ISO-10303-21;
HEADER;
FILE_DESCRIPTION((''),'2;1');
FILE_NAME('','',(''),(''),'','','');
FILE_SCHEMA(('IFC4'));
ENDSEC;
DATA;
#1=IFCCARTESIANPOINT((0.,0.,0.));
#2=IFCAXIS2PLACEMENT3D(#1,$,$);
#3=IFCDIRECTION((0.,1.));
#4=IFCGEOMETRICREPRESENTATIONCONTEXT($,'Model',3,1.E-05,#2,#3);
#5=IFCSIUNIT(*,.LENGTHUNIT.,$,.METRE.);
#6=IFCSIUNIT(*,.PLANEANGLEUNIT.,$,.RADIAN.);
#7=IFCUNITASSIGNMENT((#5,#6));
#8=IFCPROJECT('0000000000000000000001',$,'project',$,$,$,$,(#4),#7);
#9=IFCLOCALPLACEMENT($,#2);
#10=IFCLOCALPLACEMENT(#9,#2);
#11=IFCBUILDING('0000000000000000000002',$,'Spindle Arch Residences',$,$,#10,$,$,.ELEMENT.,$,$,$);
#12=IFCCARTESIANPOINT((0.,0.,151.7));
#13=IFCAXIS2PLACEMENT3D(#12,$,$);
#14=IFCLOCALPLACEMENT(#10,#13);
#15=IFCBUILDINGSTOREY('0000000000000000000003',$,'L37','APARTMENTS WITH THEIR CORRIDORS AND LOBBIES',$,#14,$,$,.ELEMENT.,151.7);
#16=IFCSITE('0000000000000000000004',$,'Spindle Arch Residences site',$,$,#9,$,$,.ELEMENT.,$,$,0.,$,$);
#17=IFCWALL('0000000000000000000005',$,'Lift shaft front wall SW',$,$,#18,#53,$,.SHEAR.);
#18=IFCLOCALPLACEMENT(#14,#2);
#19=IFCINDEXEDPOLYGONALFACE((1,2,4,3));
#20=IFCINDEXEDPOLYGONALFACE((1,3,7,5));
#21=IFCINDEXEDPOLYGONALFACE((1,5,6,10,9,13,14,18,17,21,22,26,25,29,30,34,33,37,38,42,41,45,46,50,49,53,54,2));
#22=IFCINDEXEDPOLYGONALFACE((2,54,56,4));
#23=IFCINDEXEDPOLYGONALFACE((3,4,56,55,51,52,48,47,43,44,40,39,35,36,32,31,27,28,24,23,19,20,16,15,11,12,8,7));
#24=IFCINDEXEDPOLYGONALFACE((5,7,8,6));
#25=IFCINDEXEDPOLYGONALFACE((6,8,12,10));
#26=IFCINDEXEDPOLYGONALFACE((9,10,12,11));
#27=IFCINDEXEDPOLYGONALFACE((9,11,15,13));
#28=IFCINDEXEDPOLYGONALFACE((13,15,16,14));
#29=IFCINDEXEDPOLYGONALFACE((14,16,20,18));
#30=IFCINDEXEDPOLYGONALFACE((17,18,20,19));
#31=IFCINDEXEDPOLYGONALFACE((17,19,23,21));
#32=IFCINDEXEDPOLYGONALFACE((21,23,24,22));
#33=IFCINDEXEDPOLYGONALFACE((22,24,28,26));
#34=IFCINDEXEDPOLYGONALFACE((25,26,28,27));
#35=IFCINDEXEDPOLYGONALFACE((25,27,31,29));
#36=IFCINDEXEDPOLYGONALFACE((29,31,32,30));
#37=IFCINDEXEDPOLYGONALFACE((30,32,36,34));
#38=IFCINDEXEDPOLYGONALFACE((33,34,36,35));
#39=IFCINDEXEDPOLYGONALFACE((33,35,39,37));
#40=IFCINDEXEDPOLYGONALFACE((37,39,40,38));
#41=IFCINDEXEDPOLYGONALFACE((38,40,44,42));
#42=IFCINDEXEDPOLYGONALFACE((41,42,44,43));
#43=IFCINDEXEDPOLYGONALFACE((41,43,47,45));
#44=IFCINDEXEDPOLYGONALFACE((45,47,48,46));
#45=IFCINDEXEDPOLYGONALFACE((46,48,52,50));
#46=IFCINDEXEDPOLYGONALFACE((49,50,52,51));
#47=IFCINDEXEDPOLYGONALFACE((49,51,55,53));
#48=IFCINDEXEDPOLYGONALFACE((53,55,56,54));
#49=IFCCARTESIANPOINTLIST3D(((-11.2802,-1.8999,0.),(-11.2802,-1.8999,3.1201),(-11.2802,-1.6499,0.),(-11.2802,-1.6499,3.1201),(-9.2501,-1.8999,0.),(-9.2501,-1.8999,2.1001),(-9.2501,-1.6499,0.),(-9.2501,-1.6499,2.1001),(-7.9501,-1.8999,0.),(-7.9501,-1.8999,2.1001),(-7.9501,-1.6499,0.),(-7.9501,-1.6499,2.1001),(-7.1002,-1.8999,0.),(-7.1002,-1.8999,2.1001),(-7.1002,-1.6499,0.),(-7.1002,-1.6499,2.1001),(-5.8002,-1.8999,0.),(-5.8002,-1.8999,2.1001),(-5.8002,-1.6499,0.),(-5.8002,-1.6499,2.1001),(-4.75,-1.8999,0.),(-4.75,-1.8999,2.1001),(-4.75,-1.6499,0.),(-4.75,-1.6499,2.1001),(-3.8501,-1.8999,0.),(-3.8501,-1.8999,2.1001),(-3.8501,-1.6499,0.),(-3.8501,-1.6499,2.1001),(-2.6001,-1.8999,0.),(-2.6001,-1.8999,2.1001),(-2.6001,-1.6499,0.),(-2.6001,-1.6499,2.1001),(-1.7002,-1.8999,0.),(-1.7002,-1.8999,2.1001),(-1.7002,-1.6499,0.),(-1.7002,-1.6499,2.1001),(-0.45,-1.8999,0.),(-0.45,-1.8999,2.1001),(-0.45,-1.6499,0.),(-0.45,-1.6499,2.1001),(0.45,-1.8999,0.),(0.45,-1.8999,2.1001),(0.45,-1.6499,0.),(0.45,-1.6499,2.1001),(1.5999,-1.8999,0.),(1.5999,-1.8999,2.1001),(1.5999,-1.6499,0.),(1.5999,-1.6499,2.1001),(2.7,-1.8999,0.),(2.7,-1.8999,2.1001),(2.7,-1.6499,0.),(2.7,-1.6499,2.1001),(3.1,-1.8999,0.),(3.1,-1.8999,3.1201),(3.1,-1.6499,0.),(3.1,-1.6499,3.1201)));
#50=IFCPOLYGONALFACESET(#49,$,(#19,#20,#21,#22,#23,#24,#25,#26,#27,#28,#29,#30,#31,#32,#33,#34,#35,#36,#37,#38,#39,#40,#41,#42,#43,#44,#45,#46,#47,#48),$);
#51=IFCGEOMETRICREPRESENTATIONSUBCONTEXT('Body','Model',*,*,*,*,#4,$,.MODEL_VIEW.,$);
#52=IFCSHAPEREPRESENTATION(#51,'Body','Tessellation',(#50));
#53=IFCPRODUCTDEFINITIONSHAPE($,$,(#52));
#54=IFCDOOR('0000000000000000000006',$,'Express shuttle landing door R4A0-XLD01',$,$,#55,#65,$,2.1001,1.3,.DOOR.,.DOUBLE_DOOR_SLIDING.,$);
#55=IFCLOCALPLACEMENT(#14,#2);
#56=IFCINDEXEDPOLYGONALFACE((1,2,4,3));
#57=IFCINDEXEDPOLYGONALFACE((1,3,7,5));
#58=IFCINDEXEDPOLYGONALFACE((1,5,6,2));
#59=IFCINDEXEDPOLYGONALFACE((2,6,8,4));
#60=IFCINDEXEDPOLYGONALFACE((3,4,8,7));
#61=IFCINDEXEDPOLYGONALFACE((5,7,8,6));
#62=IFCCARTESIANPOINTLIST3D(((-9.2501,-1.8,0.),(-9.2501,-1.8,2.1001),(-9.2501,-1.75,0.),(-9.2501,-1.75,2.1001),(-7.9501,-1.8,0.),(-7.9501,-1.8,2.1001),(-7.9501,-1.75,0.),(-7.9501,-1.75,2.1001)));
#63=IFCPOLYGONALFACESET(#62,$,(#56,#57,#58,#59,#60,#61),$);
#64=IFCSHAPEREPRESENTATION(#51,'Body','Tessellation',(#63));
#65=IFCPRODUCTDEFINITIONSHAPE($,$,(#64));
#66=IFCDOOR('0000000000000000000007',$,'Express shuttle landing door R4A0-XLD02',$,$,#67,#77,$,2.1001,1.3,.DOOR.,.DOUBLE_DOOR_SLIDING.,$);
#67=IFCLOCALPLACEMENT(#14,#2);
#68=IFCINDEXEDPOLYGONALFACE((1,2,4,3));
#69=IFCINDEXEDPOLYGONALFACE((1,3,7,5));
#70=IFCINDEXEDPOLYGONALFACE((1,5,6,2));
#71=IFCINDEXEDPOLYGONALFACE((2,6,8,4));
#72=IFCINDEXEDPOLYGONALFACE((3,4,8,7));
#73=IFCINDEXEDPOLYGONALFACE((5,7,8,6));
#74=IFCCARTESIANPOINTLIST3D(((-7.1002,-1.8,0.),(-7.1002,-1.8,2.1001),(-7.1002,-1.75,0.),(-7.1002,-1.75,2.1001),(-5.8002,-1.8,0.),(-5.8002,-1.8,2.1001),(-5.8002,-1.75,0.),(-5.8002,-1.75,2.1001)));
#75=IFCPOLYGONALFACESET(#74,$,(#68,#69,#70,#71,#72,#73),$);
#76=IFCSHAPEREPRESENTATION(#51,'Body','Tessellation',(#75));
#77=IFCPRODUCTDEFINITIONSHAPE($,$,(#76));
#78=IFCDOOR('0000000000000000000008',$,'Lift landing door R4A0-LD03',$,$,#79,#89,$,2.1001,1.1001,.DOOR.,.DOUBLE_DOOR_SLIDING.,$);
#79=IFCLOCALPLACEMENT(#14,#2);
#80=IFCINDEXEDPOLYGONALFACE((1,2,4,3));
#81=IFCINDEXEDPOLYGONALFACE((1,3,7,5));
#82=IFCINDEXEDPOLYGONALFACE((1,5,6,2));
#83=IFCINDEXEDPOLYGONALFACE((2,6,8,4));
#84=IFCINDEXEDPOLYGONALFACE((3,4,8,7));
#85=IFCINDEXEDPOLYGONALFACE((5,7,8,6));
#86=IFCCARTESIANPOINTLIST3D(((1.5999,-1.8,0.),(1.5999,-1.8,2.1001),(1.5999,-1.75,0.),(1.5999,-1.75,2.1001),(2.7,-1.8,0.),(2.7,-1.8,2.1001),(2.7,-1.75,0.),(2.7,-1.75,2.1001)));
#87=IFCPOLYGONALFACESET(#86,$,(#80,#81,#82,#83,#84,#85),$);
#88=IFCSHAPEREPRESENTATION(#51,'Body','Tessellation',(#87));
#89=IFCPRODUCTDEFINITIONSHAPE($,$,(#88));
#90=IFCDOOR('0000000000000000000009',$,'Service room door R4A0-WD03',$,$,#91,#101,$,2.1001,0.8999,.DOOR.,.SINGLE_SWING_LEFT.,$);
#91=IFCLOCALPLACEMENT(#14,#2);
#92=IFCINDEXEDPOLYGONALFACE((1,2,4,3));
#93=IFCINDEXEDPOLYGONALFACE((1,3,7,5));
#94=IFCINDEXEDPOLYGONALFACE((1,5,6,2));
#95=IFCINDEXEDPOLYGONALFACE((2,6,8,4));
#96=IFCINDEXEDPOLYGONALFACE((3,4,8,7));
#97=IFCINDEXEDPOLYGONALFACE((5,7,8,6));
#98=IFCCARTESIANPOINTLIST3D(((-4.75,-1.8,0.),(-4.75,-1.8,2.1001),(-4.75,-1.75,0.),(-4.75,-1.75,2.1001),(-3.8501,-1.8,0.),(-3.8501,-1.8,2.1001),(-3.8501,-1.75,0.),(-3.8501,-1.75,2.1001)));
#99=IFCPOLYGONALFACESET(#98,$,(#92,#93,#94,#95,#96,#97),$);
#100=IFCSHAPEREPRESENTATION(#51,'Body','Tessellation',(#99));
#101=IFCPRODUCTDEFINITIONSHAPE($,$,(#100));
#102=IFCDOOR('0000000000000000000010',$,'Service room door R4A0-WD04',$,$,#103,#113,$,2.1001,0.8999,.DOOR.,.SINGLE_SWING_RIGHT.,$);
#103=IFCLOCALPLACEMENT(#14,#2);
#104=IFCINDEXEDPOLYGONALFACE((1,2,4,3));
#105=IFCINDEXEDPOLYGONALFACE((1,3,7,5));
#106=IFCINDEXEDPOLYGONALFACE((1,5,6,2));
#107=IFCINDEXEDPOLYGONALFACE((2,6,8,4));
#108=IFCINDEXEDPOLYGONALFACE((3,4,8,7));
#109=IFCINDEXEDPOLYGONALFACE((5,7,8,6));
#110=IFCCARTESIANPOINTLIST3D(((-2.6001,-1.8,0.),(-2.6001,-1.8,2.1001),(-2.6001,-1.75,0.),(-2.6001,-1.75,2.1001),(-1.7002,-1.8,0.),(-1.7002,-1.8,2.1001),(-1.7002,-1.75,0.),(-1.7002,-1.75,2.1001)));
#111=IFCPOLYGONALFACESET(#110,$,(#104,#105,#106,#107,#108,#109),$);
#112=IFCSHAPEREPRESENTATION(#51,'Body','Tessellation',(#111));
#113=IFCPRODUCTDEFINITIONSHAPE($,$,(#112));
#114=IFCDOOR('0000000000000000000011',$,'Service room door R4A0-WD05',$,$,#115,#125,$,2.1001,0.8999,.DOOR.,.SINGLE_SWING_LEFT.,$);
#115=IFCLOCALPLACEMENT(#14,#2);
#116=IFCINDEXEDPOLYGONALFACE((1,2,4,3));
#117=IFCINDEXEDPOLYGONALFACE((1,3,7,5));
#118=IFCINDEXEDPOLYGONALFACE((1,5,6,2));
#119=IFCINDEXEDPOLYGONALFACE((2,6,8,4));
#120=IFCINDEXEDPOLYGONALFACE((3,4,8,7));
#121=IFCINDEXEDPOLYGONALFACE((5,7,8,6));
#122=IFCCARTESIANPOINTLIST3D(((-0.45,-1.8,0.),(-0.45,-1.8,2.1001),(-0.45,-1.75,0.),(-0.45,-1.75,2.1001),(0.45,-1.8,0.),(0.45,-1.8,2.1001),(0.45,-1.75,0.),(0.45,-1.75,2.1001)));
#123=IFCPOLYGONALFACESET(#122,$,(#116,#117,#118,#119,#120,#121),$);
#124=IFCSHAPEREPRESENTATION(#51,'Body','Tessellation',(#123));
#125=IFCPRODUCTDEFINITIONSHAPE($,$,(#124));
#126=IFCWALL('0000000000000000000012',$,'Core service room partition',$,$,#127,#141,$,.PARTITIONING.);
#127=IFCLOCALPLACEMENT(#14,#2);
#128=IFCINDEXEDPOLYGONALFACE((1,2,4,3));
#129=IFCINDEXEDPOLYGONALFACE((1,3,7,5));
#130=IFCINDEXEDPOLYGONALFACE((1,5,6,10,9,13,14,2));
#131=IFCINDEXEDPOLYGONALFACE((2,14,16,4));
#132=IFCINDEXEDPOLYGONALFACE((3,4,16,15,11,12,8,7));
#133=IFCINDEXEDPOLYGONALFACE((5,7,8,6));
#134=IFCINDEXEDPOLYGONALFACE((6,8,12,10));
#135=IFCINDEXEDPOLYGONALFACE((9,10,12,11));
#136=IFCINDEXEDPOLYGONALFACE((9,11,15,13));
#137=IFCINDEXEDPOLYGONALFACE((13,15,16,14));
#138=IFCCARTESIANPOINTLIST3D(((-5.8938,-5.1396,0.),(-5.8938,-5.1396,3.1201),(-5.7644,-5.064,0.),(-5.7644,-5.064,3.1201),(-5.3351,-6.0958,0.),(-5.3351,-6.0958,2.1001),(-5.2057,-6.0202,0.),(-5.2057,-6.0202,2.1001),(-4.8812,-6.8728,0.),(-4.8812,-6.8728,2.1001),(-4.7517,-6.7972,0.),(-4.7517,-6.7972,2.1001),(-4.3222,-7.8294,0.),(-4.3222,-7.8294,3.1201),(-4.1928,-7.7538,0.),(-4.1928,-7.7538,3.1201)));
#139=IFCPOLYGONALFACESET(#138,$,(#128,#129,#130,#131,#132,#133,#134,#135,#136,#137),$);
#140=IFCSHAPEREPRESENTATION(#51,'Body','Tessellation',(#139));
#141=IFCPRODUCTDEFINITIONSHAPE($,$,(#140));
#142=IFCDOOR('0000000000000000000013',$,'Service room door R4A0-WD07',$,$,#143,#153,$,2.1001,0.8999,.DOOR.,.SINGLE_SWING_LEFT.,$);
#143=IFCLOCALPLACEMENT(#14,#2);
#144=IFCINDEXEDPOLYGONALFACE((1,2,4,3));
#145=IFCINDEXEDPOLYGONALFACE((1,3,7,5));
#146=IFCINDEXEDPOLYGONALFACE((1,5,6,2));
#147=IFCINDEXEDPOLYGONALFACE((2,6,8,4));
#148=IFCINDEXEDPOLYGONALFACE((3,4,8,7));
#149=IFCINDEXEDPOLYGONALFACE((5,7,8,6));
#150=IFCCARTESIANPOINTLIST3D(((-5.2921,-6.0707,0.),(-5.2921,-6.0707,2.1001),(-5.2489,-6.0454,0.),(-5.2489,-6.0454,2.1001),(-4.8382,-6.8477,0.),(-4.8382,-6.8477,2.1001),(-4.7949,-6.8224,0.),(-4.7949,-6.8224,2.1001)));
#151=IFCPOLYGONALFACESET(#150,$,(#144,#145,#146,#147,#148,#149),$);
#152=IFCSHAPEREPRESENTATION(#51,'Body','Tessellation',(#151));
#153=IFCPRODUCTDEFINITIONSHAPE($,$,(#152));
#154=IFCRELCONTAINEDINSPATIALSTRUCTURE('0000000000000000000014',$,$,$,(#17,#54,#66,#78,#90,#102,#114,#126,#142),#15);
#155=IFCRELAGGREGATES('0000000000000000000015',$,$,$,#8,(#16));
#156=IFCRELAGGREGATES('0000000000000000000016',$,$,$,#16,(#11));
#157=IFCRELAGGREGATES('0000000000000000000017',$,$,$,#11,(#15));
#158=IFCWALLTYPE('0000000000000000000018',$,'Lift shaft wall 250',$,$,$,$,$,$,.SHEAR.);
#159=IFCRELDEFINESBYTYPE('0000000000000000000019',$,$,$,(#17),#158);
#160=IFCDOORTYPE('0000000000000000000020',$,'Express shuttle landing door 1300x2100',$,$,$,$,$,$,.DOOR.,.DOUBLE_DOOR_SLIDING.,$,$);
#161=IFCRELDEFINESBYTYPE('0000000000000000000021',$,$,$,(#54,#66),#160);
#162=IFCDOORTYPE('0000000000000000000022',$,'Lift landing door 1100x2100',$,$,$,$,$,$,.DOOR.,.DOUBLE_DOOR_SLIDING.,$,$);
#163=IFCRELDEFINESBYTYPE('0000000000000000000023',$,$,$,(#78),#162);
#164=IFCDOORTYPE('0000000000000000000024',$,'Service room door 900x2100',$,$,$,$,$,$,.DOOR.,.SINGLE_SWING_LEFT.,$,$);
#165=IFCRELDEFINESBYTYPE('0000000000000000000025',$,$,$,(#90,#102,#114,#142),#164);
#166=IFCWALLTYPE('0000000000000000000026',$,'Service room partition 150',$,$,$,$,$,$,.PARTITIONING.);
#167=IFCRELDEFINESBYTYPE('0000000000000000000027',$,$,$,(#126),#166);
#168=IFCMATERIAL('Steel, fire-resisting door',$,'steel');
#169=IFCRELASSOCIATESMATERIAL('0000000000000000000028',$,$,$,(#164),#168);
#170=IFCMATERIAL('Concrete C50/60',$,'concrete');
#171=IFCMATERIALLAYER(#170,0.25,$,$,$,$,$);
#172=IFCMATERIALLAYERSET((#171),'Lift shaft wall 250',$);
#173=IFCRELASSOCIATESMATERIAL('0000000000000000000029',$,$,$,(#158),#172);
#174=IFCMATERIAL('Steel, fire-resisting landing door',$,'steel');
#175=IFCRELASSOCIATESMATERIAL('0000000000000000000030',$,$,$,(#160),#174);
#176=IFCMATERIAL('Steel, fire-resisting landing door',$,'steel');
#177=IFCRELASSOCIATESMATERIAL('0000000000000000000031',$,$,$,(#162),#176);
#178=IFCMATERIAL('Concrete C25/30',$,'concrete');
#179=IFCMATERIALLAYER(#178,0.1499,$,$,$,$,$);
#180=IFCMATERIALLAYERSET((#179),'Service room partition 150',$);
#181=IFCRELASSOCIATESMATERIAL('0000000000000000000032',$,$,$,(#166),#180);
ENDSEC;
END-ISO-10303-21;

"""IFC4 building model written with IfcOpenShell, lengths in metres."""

from ifc_helpers import new_model, si_unit, direction, frame, frame_2d, origin, place, context, subcontext, project, spatial, rectangle, extrude, material, layer, layer_set, type_object, element, fill, save


model = new_model("IFC4")

# Units and contexts
model_context = context("Model", 3, precision=1e-05, world=origin(), true_north=direction((0.0, 1.0)))
body_context = subcontext(model_context, "Body", "Model", "MODEL_VIEW")
ifc_project = project(units=[si_unit("LENGTHUNIT", "METRE"), si_unit("PLANEANGLEUNIT", "RADIAN")], contexts=[model_context])

# Site, building, storey
site_placement = place(None, origin())
site = spatial("IfcSite", under=ifc_project, at=site_placement, Name="Spindle Arch Residences site", CompositionType="ELEMENT", RefElevation=0.0)
building_placement = place(site_placement, origin())
building = spatial("IfcBuilding", under=site, at=building_placement, Name="Spindle Arch Residences", CompositionType="ELEMENT")
storey_placement = place(building_placement, frame((0.0, 0.0, 151.7)))
storey = spatial("IfcBuildingStorey", under=building, at=storey_placement, Name="L37", Description="APARTMENTS WITH THEIR CORRIDORS AND LOBBIES", CompositionType="ELEMENT", Elevation=151.7)

# Shared definitions
ifc_material_1 = material(Name="Steel, fire-resisting door", Category="steel")
door_type_1 = type_object("IfcDoorType", Name="Service room door 900x2100", OperationType="SINGLE_SWING_LEFT", PredefinedType="DOOR", material=ifc_material_1)

# Wall, openings, doors
ifc_material_2 = material(Name="Concrete C50/60", Category="concrete")
ifc_layer_1 = layer(ifc_material_2, 0.25)
ifc_layer_set_1 = layer_set([ifc_layer_1], Name="Lift shaft wall 250")
wall_type_1 = type_object("IfcWallType", Name="Lift shaft wall 250", PredefinedType="SHEAR", material=ifc_layer_set_1)
wall_1_placement = place(storey_placement, frame((-11.28, -1.7749, 0.0), z_axis=(0.0, 0.0, 1.0), x_axis=(1.0, 0.0, 0.0)))
wall_1 = element("IfcWall", 1, at=wall_1_placement, inside=storey, type_object=wall_type_1, Name="Lift shaft front wall SW", PredefinedType="SHEAR", context=body_context, shape_type="SweptSolid", body=[
    extrude(rectangle(XDim=14.3801, YDim=0.25, at=frame_2d((7.1899, 0.0))), origin(), (0.0, 0.0, 1.0), 3.1201),
])
opening_1_placement = place(wall_1_placement, frame((2.03, 0.0, 0.0)))
opening_1 = element("IfcOpeningElement", 2, at=opening_1_placement, cuts=wall_1, PredefinedType="OPENING", context=body_context, shape_type="SweptSolid", body=[
    extrude(rectangle(XDim=1.3, YDim=2.1001, at=frame_2d((0.6499, 1.05))), frame((0.0, 0.135, 0.0), z_axis=(0.0, -1.0, 0.0), x_axis=(1.0, 0.0, 0.0)), (0.0, 0.0, 1.0), 0.27),
])
opening_2_placement = place(wall_1_placement, frame((4.1799, 0.0, 0.0)))
opening_2 = element("IfcOpeningElement", 3, at=opening_2_placement, cuts=wall_1, PredefinedType="OPENING", context=body_context, shape_type="SweptSolid", body=[
    extrude(rectangle(XDim=1.3, YDim=2.1001, at=frame_2d((0.6499, 1.05))), frame((0.0, 0.135, 0.0), z_axis=(0.0, -1.0, 0.0), x_axis=(1.0, 0.0, 0.0)), (0.0, 0.0, 1.0), 0.27),
])
opening_3_placement = place(wall_1_placement, frame((12.8799, 0.0, 0.0)))
opening_3 = element("IfcOpeningElement", 4, at=opening_3_placement, cuts=wall_1, PredefinedType="OPENING", context=body_context, shape_type="SweptSolid", body=[
    extrude(rectangle(XDim=1.1001, YDim=2.1001, at=frame_2d((0.55, 1.05))), frame((0.0, 0.135, 0.0), z_axis=(0.0, -1.0, 0.0), x_axis=(1.0, 0.0, 0.0)), (0.0, 0.0, 1.0), 0.27),
])
opening_4_placement = place(wall_1_placement, frame((6.53, 0.0, 0.0)))
opening_4 = element("IfcOpeningElement", 5, at=opening_4_placement, cuts=wall_1, PredefinedType="OPENING", context=body_context, shape_type="SweptSolid", body=[
    extrude(rectangle(XDim=0.8999, YDim=2.1001, at=frame_2d((0.45, 1.05))), frame((0.0, 0.135, 0.0), z_axis=(0.0, -1.0, 0.0), x_axis=(1.0, 0.0, 0.0)), (0.0, 0.0, 1.0), 0.27),
])
opening_5_placement = place(wall_1_placement, frame((8.6799, 0.0, 0.0)))
opening_5 = element("IfcOpeningElement", 6, at=opening_5_placement, cuts=wall_1, PredefinedType="OPENING", context=body_context, shape_type="SweptSolid", body=[
    extrude(rectangle(XDim=0.8999, YDim=2.1001, at=frame_2d((0.45, 1.05))), frame((0.0, 0.135, 0.0), z_axis=(0.0, -1.0, 0.0), x_axis=(1.0, 0.0, 0.0)), (0.0, 0.0, 1.0), 0.27),
])
opening_6_placement = place(wall_1_placement, frame((10.8301, 0.0, 0.0)))
opening_6 = element("IfcOpeningElement", 7, at=opening_6_placement, cuts=wall_1, PredefinedType="OPENING", context=body_context, shape_type="SweptSolid", body=[
    extrude(rectangle(XDim=0.8999, YDim=2.1001, at=frame_2d((0.45, 1.05))), frame((0.0, 0.135, 0.0), z_axis=(0.0, -1.0, 0.0), x_axis=(1.0, 0.0, 0.0)), (0.0, 0.0, 1.0), 0.27),
])
ifc_material_3 = material(Name="Steel, fire-resisting landing door", Category="steel")
door_type_2 = type_object("IfcDoorType", Name="Express shuttle landing door 1300x2100", OperationType="DOUBLE_DOOR_SLIDING", PredefinedType="DOOR", material=ifc_material_3)
door_1_placement = place(opening_1_placement, origin())
door_1 = element("IfcDoor", 8, at=door_1_placement, inside=storey, type_object=door_type_2, Name="Express shuttle landing door R4A0-XLD01", OperationType="DOUBLE_DOOR_SLIDING", OverallHeight=2.1001, OverallWidth=1.3, PredefinedType="DOOR", context=body_context, shape_type="SweptSolid", body=[
    extrude(rectangle(XDim=1.3, YDim=2.1001, at=frame_2d((0.6499, 1.05))), frame((0.0, 0.0249, 0.0), z_axis=(0.0, -1.0, 0.0), x_axis=(1.0, 0.0, 0.0)), (0.0, 0.0, 1.0), 0.05),
])
fill(opening_1, door_1)
door_2_placement = place(opening_2_placement, origin())
door_2 = element("IfcDoor", 9, at=door_2_placement, inside=storey, type_object=door_type_2, Name="Express shuttle landing door R4A0-XLD02", OperationType="DOUBLE_DOOR_SLIDING", OverallHeight=2.1001, OverallWidth=1.3, PredefinedType="DOOR", context=body_context, shape_type="SweptSolid", body=[
    extrude(rectangle(XDim=1.3, YDim=2.1001, at=frame_2d((0.6499, 1.05))), frame((0.0, 0.0249, 0.0), z_axis=(0.0, -1.0, 0.0), x_axis=(1.0, 0.0, 0.0)), (0.0, 0.0, 1.0), 0.05),
])
fill(opening_2, door_2)
ifc_material_4 = material(Name="Steel, fire-resisting landing door", Category="steel")
door_type_3 = type_object("IfcDoorType", Name="Lift landing door 1100x2100", OperationType="DOUBLE_DOOR_SLIDING", PredefinedType="DOOR", material=ifc_material_4)
door_3_placement = place(opening_3_placement, origin())
door_3 = element("IfcDoor", 10, at=door_3_placement, inside=storey, type_object=door_type_3, Name="Lift landing door R4A0-LD03", OperationType="DOUBLE_DOOR_SLIDING", OverallHeight=2.1001, OverallWidth=1.1001, PredefinedType="DOOR", context=body_context, shape_type="SweptSolid", body=[
    extrude(rectangle(XDim=1.1001, YDim=2.1001, at=frame_2d((0.55, 1.05))), frame((0.0, 0.0249, 0.0), z_axis=(0.0, -1.0, 0.0), x_axis=(1.0, 0.0, 0.0)), (0.0, 0.0, 1.0), 0.05),
])
fill(opening_3, door_3)
door_4_placement = place(opening_4_placement, origin())
door_4 = element("IfcDoor", 11, at=door_4_placement, inside=storey, type_object=door_type_1, Name="Service room door R4A0-WD03", OperationType="SINGLE_SWING_LEFT", OverallHeight=2.1001, OverallWidth=0.8999, PredefinedType="DOOR", context=body_context, shape_type="SweptSolid", body=[
    extrude(rectangle(XDim=0.8999, YDim=2.1001, at=frame_2d((0.45, 1.05))), frame((0.0, 0.0249, 0.0), z_axis=(0.0, -1.0, 0.0), x_axis=(1.0, 0.0, 0.0)), (0.0, 0.0, 1.0), 0.05),
])
fill(opening_4, door_4)
door_5_placement = place(opening_5_placement, origin())
door_5 = element("IfcDoor", 12, at=door_5_placement, inside=storey, type_object=door_type_1, Name="Service room door R4A0-WD04", OperationType="SINGLE_SWING_RIGHT", OverallHeight=2.1001, OverallWidth=0.8999, PredefinedType="DOOR", context=body_context, shape_type="SweptSolid", body=[
    extrude(rectangle(XDim=0.8999, YDim=2.1001, at=frame_2d((0.45, 1.05))), frame((0.0, 0.0249, 0.0), z_axis=(0.0, -1.0, 0.0), x_axis=(1.0, 0.0, 0.0)), (0.0, 0.0, 1.0), 0.05),
])
fill(opening_5, door_5)
door_6_placement = place(opening_6_placement, origin())
door_6 = element("IfcDoor", 13, at=door_6_placement, inside=storey, type_object=door_type_1, Name="Service room door R4A0-WD05", OperationType="SINGLE_SWING_LEFT", OverallHeight=2.1001, OverallWidth=0.8999, PredefinedType="DOOR", context=body_context, shape_type="SweptSolid", body=[
    extrude(rectangle(XDim=0.8999, YDim=2.1001, at=frame_2d((0.45, 1.05))), frame((0.0, 0.0249, 0.0), z_axis=(0.0, -1.0, 0.0), x_axis=(1.0, 0.0, 0.0)), (0.0, 0.0, 1.0), 0.05),
])
fill(opening_6, door_6)

# Wall, opening, door
ifc_material_5 = material(Name="Concrete C25/30", Category="concrete")
ifc_layer_2 = layer(ifc_material_5, 0.1499)
ifc_layer_set_2 = layer_set([ifc_layer_2], Name="Service room partition 150")
wall_type_2 = type_object("IfcWallType", Name="Service room partition 150", PredefinedType="PARTITIONING", material=ifc_layer_set_2)
wall_2_placement = place(storey_placement, frame((-5.8291, -5.1018, 0.0), z_axis=(0.0, 0.0, 1.0), x_axis=(0.50448, -0.863423, 0.0)))
wall_2 = element("IfcWall", 14, at=wall_2_placement, inside=storey, type_object=wall_type_2, Name="Core service room partition", PredefinedType="PARTITIONING", context=body_context, shape_type="SweptSolid", body=[
    extrude(rectangle(XDim=3.1152, YDim=0.1499, at=frame_2d((1.5576, 0.0))), origin(), (0.0, 0.0, 1.0), 3.1201),
])
opening_7_placement = place(wall_2_placement, frame((1.1074, 0.0, 0.0)))
opening_7 = element("IfcOpeningElement", 15, at=opening_7_placement, cuts=wall_2, PredefinedType="OPENING", context=body_context, shape_type="SweptSolid", body=[
    extrude(rectangle(XDim=0.8999, YDim=2.1001, at=frame_2d((0.45, 1.05))), frame((0.0, 0.085, 0.0), z_axis=(0.0, -1.0, 0.0), x_axis=(1.0, 0.0, 0.0)), (0.0, 0.0, 1.0), 0.1699),
])
door_7_placement = place(opening_7_placement, origin())
door_7 = element("IfcDoor", 16, at=door_7_placement, inside=storey, type_object=door_type_1, Name="Service room door R4A0-WD07", OperationType="SINGLE_SWING_LEFT", OverallHeight=2.1001, OverallWidth=0.8999, PredefinedType="DOOR", context=body_context, shape_type="SweptSolid", body=[
    extrude(rectangle(XDim=0.8999, YDim=2.1001, at=frame_2d((0.45, 1.05))), frame((0.0, 0.0249, 0.0), z_axis=(0.0, -1.0, 0.0), x_axis=(1.0, 0.0, 0.0)), (0.0, 0.0, 1.0), 0.05),
])
fill(opening_7, door_7)

save(model, "model.ifc")
